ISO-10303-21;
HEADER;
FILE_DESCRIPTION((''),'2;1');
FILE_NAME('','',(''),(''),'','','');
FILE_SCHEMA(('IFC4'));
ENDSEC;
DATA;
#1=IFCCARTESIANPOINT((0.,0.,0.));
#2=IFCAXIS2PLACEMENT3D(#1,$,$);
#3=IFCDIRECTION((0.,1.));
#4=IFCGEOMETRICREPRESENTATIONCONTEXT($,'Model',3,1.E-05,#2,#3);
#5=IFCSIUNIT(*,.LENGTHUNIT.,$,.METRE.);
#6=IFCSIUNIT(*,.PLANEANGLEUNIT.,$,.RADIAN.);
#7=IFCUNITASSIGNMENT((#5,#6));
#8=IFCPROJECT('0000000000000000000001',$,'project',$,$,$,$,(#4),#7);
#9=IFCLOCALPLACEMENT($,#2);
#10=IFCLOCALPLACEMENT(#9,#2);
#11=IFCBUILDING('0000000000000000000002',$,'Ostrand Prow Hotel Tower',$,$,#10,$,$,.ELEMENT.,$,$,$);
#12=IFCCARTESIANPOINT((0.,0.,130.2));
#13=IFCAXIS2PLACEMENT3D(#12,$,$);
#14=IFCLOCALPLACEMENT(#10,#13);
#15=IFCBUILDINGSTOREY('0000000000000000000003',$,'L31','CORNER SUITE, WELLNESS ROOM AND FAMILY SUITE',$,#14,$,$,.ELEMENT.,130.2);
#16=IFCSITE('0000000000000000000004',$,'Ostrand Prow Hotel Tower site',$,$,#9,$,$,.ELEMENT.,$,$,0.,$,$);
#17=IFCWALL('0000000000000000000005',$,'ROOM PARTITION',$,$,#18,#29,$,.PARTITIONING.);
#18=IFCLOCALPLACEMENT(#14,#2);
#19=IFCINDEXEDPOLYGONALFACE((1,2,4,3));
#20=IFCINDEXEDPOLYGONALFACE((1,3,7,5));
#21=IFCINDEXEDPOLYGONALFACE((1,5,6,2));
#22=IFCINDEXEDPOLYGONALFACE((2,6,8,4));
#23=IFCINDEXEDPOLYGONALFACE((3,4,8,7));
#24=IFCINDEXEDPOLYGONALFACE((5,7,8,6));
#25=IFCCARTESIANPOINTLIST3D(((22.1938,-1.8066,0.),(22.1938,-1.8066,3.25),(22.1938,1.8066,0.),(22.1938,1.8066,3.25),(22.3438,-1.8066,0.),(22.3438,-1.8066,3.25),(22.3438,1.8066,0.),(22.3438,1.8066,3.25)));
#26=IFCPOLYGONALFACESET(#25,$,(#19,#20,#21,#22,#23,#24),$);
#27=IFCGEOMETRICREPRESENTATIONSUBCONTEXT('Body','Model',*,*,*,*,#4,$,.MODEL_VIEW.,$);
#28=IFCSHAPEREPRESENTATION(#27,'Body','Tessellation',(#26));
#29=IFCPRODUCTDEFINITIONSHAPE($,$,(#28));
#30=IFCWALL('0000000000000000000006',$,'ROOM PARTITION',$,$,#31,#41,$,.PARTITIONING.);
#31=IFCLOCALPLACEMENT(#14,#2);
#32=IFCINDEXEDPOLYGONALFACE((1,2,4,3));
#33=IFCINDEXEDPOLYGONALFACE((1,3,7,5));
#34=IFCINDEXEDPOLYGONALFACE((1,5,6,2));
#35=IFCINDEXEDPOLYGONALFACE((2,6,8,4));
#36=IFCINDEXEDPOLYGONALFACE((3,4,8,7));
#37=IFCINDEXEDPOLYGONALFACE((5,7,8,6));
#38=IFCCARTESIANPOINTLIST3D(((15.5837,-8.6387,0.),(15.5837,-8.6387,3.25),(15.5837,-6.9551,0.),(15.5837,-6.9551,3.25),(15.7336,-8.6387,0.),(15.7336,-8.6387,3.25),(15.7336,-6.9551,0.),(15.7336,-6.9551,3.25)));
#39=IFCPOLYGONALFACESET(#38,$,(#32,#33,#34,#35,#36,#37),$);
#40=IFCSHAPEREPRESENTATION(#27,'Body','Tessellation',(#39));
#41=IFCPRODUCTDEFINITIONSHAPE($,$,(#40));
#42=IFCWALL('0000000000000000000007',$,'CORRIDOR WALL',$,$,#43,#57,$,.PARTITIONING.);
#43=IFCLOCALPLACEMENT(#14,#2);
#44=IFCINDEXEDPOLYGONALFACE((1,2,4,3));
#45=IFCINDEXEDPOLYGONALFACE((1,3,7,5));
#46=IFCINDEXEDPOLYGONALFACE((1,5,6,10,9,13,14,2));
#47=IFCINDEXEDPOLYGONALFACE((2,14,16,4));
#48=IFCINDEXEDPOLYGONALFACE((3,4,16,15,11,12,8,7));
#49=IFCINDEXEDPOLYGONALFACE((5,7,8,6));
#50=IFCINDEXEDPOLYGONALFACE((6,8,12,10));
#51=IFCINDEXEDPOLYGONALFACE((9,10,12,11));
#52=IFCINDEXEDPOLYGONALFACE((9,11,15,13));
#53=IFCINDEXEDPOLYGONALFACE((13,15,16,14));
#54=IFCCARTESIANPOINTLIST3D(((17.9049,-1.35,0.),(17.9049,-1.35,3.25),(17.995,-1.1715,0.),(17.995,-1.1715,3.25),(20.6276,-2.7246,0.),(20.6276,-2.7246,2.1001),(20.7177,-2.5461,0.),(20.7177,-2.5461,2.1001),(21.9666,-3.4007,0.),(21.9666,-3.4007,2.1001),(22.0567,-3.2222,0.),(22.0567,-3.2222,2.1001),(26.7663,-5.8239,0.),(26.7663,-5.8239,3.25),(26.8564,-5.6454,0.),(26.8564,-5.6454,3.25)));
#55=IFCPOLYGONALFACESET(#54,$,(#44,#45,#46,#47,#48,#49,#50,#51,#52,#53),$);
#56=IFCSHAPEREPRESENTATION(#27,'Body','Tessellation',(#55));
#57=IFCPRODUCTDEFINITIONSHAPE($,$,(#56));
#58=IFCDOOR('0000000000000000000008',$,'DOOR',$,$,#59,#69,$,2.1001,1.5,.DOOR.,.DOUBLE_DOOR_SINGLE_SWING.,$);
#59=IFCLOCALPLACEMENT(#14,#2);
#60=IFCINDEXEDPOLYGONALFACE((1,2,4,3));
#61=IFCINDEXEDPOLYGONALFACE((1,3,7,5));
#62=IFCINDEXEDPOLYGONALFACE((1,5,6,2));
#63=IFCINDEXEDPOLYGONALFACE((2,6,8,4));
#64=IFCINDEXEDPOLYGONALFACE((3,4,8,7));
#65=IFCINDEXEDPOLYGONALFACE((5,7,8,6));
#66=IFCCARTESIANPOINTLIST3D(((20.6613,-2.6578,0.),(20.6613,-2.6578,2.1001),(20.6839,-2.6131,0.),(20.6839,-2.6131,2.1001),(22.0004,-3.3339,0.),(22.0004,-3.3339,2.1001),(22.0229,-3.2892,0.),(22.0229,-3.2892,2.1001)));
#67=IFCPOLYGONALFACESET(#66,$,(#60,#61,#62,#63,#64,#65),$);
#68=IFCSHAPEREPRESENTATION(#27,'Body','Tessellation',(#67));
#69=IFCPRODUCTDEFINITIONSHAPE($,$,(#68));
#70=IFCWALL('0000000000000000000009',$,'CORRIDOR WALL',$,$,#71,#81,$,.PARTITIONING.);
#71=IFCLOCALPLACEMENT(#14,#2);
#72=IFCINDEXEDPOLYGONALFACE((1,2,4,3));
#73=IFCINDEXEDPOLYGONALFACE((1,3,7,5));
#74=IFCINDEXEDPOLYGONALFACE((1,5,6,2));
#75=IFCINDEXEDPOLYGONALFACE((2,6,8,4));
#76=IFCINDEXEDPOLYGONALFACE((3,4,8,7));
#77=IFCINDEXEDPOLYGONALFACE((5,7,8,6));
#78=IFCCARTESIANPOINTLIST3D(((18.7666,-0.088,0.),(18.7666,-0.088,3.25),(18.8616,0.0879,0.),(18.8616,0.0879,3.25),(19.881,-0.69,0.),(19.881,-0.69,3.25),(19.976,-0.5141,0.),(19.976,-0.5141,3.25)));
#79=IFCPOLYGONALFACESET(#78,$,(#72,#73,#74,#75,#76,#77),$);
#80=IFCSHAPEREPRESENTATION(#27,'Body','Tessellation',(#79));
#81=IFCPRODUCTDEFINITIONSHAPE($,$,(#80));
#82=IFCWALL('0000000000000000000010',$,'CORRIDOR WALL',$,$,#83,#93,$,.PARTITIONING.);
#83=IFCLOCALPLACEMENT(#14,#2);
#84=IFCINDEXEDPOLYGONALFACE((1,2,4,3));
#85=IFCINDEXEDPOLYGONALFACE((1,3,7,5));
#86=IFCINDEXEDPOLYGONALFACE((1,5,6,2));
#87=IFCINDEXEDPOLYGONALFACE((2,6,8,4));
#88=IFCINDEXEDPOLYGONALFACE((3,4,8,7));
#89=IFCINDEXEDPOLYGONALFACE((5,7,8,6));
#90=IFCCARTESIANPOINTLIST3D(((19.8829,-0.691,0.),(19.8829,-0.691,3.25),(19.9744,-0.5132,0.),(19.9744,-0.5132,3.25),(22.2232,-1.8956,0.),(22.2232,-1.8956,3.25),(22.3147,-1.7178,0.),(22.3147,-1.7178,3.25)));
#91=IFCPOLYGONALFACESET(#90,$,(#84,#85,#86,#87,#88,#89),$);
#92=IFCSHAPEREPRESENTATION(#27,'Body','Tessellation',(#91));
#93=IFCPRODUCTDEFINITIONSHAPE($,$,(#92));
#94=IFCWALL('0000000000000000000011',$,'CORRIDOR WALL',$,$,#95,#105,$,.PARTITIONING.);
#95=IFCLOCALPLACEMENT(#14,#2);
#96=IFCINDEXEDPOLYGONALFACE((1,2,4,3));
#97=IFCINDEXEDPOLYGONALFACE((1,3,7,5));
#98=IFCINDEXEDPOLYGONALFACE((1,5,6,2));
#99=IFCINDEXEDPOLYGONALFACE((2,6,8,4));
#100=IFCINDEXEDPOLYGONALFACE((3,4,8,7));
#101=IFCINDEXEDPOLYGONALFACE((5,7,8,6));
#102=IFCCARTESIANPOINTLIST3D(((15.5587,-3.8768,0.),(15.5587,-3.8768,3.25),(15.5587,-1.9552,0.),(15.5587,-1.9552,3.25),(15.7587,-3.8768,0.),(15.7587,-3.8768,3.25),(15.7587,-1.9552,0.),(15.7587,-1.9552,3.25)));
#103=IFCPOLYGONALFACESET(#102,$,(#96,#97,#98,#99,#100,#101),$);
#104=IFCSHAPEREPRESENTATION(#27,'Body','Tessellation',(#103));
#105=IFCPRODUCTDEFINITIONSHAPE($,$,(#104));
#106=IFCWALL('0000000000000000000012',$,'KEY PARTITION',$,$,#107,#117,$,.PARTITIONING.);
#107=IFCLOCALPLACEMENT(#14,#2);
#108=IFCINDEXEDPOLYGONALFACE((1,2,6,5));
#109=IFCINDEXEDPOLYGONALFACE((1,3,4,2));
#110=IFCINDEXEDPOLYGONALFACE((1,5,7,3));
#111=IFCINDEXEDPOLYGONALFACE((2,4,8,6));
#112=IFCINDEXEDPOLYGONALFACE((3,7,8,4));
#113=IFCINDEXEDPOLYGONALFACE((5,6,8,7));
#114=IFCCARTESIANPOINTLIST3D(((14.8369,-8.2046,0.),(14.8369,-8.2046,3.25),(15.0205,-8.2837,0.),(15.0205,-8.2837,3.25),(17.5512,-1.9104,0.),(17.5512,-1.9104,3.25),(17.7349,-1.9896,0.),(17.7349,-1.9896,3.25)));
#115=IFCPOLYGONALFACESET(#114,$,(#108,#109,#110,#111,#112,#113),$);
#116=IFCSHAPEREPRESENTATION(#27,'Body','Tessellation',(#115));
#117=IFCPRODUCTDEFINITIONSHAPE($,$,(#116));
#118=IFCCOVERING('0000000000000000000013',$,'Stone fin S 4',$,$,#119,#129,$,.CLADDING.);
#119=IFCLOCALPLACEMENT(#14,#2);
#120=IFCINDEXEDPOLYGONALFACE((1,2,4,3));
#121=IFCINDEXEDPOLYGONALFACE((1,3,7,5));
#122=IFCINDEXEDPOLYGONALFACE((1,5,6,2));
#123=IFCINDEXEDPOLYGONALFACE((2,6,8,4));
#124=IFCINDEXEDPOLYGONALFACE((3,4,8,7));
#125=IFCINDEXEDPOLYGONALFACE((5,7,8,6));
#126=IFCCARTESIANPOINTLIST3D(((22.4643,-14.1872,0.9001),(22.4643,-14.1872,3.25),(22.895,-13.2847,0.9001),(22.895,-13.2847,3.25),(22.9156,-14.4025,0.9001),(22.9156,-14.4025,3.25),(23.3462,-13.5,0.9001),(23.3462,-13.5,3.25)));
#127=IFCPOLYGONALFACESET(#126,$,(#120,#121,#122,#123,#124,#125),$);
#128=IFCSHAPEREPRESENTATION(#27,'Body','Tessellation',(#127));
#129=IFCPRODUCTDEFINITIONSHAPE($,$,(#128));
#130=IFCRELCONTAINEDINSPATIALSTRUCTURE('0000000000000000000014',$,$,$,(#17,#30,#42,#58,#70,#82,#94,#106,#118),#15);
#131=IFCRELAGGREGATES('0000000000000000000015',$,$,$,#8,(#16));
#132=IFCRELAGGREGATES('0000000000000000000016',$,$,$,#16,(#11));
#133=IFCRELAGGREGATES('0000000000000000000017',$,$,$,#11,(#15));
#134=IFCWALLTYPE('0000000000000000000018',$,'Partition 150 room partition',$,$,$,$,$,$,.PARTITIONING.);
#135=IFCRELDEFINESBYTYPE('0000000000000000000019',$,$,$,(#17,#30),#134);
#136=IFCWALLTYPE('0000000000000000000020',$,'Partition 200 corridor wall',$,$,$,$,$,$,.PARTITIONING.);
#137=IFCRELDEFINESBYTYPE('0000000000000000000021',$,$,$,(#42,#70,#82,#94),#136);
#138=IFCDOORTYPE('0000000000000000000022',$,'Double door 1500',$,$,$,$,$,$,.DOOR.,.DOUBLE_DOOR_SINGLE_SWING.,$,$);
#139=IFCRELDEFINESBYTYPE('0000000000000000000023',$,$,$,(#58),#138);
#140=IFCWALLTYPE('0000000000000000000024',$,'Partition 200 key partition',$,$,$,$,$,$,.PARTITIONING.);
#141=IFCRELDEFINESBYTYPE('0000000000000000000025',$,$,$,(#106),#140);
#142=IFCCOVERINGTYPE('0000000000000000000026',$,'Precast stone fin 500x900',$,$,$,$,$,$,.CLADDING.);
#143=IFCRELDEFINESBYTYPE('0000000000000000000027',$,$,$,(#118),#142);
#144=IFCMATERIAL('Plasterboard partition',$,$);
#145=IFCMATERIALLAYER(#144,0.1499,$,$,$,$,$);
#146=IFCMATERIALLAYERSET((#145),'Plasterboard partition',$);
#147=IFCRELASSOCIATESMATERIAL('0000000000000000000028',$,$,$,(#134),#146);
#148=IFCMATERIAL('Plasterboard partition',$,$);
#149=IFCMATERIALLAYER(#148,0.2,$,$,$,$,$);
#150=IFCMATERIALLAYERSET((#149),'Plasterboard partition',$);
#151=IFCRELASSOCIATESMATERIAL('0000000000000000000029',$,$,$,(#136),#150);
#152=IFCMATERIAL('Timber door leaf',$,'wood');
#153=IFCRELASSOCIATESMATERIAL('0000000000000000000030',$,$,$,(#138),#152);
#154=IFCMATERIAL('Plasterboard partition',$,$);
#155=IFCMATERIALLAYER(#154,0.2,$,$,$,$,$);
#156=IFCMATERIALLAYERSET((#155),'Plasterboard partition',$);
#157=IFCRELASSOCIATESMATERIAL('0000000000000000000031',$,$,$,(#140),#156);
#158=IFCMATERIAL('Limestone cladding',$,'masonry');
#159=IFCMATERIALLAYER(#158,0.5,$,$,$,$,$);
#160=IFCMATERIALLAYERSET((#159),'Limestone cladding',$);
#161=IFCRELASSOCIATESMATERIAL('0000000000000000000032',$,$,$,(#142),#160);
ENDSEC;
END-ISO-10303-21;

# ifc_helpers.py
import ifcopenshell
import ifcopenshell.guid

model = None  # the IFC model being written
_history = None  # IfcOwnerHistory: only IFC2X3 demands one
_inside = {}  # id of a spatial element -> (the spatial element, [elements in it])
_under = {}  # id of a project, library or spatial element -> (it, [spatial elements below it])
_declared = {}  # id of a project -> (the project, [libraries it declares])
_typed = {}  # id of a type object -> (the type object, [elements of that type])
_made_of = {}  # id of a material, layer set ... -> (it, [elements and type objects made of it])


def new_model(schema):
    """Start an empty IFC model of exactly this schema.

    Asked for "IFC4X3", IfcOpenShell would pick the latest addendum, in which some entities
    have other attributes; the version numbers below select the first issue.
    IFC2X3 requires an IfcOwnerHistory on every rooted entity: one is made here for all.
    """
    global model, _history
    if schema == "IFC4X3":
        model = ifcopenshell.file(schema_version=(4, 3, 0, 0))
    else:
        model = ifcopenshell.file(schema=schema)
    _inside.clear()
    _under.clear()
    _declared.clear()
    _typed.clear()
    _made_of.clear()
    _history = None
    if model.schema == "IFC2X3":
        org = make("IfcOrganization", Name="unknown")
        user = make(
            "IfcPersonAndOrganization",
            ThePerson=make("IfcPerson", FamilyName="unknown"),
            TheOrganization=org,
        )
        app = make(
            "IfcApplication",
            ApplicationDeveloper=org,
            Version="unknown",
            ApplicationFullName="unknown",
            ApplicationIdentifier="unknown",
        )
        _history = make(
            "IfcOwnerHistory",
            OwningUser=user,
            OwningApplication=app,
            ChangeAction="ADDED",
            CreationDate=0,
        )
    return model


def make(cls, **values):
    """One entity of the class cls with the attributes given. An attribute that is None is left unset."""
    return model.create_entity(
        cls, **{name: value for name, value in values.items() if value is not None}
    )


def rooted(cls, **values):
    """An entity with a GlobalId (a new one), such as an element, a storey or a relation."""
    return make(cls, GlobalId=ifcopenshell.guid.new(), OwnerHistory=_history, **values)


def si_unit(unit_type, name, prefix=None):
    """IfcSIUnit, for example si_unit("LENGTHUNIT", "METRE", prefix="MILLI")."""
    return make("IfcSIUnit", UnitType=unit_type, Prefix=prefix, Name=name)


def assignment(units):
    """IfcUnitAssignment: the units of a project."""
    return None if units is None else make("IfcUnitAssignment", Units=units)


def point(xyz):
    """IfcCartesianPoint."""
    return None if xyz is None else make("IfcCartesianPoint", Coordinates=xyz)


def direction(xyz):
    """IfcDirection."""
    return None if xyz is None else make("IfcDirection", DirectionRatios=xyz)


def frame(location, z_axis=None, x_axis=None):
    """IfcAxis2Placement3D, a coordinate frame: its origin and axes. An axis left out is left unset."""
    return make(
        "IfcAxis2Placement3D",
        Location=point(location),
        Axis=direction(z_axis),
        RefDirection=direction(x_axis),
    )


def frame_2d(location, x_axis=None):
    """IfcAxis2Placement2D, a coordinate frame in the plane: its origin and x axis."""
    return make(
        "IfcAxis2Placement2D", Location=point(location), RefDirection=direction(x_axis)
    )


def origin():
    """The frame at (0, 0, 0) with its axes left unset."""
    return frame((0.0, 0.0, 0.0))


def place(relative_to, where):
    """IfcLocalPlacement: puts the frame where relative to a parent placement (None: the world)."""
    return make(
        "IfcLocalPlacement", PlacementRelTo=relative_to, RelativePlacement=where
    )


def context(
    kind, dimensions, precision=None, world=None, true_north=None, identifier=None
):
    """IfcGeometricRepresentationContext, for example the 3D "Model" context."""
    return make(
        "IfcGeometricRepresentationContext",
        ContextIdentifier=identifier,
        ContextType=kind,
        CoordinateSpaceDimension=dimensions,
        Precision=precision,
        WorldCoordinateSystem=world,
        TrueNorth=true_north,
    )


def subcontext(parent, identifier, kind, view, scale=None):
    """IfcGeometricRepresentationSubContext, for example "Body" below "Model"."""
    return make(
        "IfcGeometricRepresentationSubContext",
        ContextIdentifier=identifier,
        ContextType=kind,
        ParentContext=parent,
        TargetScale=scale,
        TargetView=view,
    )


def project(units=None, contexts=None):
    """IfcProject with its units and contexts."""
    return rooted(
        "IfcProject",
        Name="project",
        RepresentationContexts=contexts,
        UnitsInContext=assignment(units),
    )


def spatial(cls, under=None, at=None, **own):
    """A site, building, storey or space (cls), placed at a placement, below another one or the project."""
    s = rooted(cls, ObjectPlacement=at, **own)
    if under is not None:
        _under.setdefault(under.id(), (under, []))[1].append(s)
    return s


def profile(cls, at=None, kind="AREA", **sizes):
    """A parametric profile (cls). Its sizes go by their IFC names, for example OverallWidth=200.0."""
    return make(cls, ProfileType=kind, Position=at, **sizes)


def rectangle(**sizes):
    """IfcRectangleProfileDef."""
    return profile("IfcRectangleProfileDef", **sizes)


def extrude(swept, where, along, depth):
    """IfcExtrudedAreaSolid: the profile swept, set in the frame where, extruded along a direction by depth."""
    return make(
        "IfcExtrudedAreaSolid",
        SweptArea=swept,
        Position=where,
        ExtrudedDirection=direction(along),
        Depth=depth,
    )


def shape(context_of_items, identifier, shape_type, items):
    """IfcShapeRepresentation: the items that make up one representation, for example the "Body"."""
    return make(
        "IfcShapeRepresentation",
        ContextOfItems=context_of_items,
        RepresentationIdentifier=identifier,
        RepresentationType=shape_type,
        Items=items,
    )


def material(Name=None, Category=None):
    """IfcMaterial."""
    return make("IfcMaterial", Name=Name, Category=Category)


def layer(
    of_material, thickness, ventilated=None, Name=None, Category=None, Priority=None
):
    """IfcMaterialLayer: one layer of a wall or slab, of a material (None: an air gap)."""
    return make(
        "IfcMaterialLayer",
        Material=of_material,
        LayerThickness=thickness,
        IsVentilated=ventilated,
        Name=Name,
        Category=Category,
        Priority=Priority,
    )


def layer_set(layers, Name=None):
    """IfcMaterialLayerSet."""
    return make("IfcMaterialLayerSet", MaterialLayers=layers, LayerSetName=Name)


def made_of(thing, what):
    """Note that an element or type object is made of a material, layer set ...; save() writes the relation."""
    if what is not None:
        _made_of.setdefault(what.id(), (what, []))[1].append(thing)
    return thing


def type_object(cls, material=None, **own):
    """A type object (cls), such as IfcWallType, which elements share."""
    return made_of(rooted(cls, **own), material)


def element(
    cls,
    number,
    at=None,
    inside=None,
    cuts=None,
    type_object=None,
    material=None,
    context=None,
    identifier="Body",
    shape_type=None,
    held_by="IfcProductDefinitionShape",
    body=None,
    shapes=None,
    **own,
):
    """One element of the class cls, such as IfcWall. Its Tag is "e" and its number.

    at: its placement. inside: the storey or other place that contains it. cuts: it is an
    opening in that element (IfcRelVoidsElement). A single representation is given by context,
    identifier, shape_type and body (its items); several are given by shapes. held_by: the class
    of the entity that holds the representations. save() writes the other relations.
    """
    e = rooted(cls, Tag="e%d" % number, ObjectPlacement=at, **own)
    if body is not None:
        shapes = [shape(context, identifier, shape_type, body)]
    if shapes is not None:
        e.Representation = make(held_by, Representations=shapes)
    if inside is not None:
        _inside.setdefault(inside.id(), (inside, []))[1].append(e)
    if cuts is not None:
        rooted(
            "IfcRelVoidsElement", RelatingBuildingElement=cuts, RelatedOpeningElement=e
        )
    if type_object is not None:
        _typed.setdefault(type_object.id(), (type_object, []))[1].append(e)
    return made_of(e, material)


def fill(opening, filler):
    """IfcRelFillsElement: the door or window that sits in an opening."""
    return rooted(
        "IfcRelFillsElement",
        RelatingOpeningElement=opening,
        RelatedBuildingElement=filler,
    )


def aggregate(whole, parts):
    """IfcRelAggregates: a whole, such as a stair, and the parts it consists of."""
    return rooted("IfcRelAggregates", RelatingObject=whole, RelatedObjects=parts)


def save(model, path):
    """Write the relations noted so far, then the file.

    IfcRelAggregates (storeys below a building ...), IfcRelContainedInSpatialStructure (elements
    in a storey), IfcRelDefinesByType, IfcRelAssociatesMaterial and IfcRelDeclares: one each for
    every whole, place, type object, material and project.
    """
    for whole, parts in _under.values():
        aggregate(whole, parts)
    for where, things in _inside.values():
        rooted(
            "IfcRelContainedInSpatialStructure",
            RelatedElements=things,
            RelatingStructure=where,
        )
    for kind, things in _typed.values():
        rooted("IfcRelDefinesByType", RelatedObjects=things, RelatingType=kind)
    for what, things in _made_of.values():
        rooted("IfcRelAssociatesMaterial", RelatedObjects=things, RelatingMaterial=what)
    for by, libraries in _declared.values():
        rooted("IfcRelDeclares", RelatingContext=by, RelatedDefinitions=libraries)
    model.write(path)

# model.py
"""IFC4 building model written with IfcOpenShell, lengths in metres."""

from ifc_helpers import new_model, si_unit, direction, frame, frame_2d, origin, place, context, subcontext, project, spatial, rectangle, extrude, material, layer, layer_set, type_object, element, fill, save


model = new_model("IFC4")

# Units and contexts
model_context = context("Model", 3, precision=1e-05, world=origin(), true_north=direction((0.0, 1.0)))
body_context = subcontext(model_context, "Body", "Model", "MODEL_VIEW")
ifc_project = project(units=[si_unit("LENGTHUNIT", "METRE"), si_unit("PLANEANGLEUNIT", "RADIAN")], contexts=[model_context])

# Site, building, storey
site_placement = place(None, origin())
site = spatial("IfcSite", under=ifc_project, at=site_placement, Name="Ostrand Prow Hotel Tower site", CompositionType="ELEMENT", RefElevation=0.0)
building_placement = place(site_placement, origin())
building = spatial("IfcBuilding", under=site, at=building_placement, Name="Ostrand Prow Hotel Tower", CompositionType="ELEMENT")
storey_placement = place(building_placement, frame((0.0, 0.0, 130.2)))
storey = spatial("IfcBuildingStorey", under=building, at=storey_placement, Name="L31", Description="CORNER SUITE, WELLNESS ROOM AND FAMILY SUITE", CompositionType="ELEMENT", Elevation=130.2)

# Walls
ifc_material_1 = material(Name="Plasterboard partition")
ifc_layer_1 = layer(ifc_material_1, 0.1499)
ifc_layer_set_1 = layer_set([ifc_layer_1], Name="Plasterboard partition")
wall_type_1 = type_object("IfcWallType", Name="Partition 150 room partition", PredefinedType="PARTITIONING", material=ifc_layer_set_1)
wall_1_placement = place(storey_placement, frame((22.2688, -1.8066, 0.0), z_axis=(0.0, 0.0, 1.0), x_axis=(0.0, 1.0, 0.0)))
element("IfcWall", 1, at=wall_1_placement, inside=storey, type_object=wall_type_1, Name="ROOM PARTITION", PredefinedType="PARTITIONING", context=body_context, shape_type="SweptSolid", body=[
    extrude(rectangle(XDim=3.6133, YDim=0.1499, at=frame_2d((1.8066, 0.0))), origin(), (0.0, 0.0, 1.0), 3.25),
])
wall_2_placement = place(storey_placement, frame((15.6587, -6.9551, 0.0), z_axis=(0.0, 0.0, 1.0), x_axis=(0.0, -1.0, 0.0)))
element("IfcWall", 2, at=wall_2_placement, inside=storey, type_object=wall_type_1, Name="ROOM PARTITION", PredefinedType="PARTITIONING", context=body_context, shape_type="SweptSolid", body=[
    extrude(rectangle(XDim=1.6836, YDim=0.1499, at=frame_2d((0.8418, 0.0))), origin(), (0.0, 0.0, 1.0), 3.25),
])

# Wall, opening, door
ifc_material_2 = material(Name="Plasterboard partition")
ifc_layer_2 = layer(ifc_material_2, 0.2)
ifc_layer_set_2 = layer_set([ifc_layer_2], Name="Plasterboard partition")
wall_type_2 = type_object("IfcWallType", Name="Partition 200 corridor wall", PredefinedType="PARTITIONING", material=ifc_layer_set_2)
wall_3_placement = place(storey_placement, frame((17.95, -1.2607, 0.0), z_axis=(0.0, 0.0, 1.0), x_axis=(0.892679, -0.450693, 0.0)))
wall_3 = element("IfcWall", 3, at=wall_3_placement, inside=storey, type_object=wall_type_2, Name="CORRIDOR WALL", PredefinedType="PARTITIONING", context=body_context, shape_type="SweptSolid", body=[
    extrude(rectangle(XDim=9.9268, YDim=0.2, at=frame_2d((4.9634, 0.0))), origin(), (0.0, 0.0, 1.0), 3.25),
])
opening_1_placement = place(wall_3_placement, frame((3.05, 0.0, 0.0)))
opening_1 = element("IfcOpeningElement", 4, at=opening_1_placement, cuts=wall_3, PredefinedType="OPENING", context=body_context, shape_type="SweptSolid", body=[
    extrude(rectangle(XDim=1.5, YDim=2.1001, at=frame_2d((0.75, 1.05))), frame((0.0, 0.1099, 0.0), z_axis=(0.0, -1.0, 0.0), x_axis=(1.0, 0.0, 0.0)), (0.0, 0.0, 1.0), 0.22),
])
ifc_material_3 = material(Name="Timber door leaf", Category="wood")
door_type_1 = type_object("IfcDoorType", Name="Double door 1500", OperationType="DOUBLE_DOOR_SINGLE_SWING", PredefinedType="DOOR", material=ifc_material_3)
door_1_placement = place(opening_1_placement, origin())
door_1 = element("IfcDoor", 5, at=door_1_placement, inside=storey, type_object=door_type_1, Name="DOOR", OperationType="DOUBLE_DOOR_SINGLE_SWING", OverallHeight=2.1001, OverallWidth=1.5, PredefinedType="DOOR", context=body_context, shape_type="SweptSolid", body=[
    extrude(rectangle(XDim=1.5, YDim=2.1001, at=frame_2d((0.75, 1.05))), frame((0.0, 0.0249, 0.0), z_axis=(0.0, -1.0, 0.0), x_axis=(1.0, 0.0, 0.0)), (0.0, 0.0, 1.0), 0.05),
])
fill(opening_1, door_1)

# Walls
wall_4_placement = place(storey_placement, frame((19.9285, -0.6021, 0.0), z_axis=(0.0, 0.0, 1.0), x_axis=(-0.879833, 0.475283, 0.0)))
element("IfcWall", 6, at=wall_4_placement, inside=storey, type_object=wall_type_2, Name="CORRIDOR WALL", PredefinedType="PARTITIONING", context=body_context, shape_type="SweptSolid", body=[
    extrude(rectangle(XDim=1.2666, YDim=0.2, at=frame_2d((0.6333, 0.0))), origin(), (0.0, 0.0, 1.0), 3.25),
])
wall_5_placement = place(storey_placement, frame((22.2688, -1.8066, 0.0), z_axis=(0.0, 0.0, 1.0), x_axis=(-0.889135, 0.457646, 0.0)))
element("IfcWall", 7, at=wall_5_placement, inside=storey, type_object=wall_type_2, Name="CORRIDOR WALL", PredefinedType="PARTITIONING", context=body_context, shape_type="SweptSolid", body=[
    extrude(rectangle(XDim=2.6321, YDim=0.2, at=frame_2d((1.3159, 0.0))), origin(), (0.0, 0.0, 1.0), 3.25),
])
wall_6_placement = place(storey_placement, frame((15.6587, -1.9551, 0.0), z_axis=(0.0, 0.0, 1.0), x_axis=(0.0, -1.0, 0.0)))
element("IfcWall", 8, at=wall_6_placement, inside=storey, type_object=wall_type_2, Name="CORRIDOR WALL", PredefinedType="PARTITIONING", context=body_context, shape_type="SweptSolid", body=[
    extrude(rectangle(XDim=1.9216, YDim=0.2, at=frame_2d((0.9609, 0.0))), origin(), (0.0, 0.0, 1.0), 3.25),
])
ifc_material_4 = material(Name="Plasterboard partition")
ifc_layer_3 = layer(ifc_material_4, 0.2)
ifc_layer_set_3 = layer_set([ifc_layer_3], Name="Plasterboard partition")
wall_type_3 = type_object("IfcWallType", Name="Partition 200 key partition", PredefinedType="PARTITIONING", material=ifc_layer_set_3)
wall_7_placement = place(storey_placement, frame((14.9287, -8.2441, 0.0), z_axis=(0.0, 0.0, 1.0), x_axis=(0.395995, 0.918253, 0.0)))
element("IfcWall", 9, at=wall_7_placement, inside=storey, type_object=wall_type_3, Name="KEY PARTITION", PredefinedType="PARTITIONING", context=body_context, shape_type="SweptSolid", body=[
    extrude(rectangle(XDim=6.8545, YDim=0.2, at=frame_2d((3.4272, 0.0))), origin(), (0.0, 0.0, 1.0), 3.25),
])

# Covering
ifc_material_5 = material(Name="Limestone cladding", Category="masonry")
ifc_layer_4 = layer(ifc_material_5, 0.5)
ifc_layer_set_4 = layer_set([ifc_layer_4], Name="Limestone cladding")
covering_type = type_object("IfcCoveringType", Name="Precast stone fin 500x900", PredefinedType="CLADDING", material=ifc_layer_set_4)
covering_placement = place(storey_placement, frame((23.1206, -13.3923, 0.9001), z_axis=(0.0, 0.0, 1.0), x_axis=(-0.430635, -0.902526, 0.0)))
element("IfcCovering", 10, at=covering_placement, inside=storey, type_object=covering_type, Name="Stone fin S 4", PredefinedType="CLADDING", context=body_context, shape_type="SweptSolid", body=[
    extrude(rectangle(XDim=1.0, YDim=0.5, at=frame_2d((0.5, 0.0))), origin(), (0.0, 0.0, 1.0), 2.3499),
])

save(model, "model.ifc")
